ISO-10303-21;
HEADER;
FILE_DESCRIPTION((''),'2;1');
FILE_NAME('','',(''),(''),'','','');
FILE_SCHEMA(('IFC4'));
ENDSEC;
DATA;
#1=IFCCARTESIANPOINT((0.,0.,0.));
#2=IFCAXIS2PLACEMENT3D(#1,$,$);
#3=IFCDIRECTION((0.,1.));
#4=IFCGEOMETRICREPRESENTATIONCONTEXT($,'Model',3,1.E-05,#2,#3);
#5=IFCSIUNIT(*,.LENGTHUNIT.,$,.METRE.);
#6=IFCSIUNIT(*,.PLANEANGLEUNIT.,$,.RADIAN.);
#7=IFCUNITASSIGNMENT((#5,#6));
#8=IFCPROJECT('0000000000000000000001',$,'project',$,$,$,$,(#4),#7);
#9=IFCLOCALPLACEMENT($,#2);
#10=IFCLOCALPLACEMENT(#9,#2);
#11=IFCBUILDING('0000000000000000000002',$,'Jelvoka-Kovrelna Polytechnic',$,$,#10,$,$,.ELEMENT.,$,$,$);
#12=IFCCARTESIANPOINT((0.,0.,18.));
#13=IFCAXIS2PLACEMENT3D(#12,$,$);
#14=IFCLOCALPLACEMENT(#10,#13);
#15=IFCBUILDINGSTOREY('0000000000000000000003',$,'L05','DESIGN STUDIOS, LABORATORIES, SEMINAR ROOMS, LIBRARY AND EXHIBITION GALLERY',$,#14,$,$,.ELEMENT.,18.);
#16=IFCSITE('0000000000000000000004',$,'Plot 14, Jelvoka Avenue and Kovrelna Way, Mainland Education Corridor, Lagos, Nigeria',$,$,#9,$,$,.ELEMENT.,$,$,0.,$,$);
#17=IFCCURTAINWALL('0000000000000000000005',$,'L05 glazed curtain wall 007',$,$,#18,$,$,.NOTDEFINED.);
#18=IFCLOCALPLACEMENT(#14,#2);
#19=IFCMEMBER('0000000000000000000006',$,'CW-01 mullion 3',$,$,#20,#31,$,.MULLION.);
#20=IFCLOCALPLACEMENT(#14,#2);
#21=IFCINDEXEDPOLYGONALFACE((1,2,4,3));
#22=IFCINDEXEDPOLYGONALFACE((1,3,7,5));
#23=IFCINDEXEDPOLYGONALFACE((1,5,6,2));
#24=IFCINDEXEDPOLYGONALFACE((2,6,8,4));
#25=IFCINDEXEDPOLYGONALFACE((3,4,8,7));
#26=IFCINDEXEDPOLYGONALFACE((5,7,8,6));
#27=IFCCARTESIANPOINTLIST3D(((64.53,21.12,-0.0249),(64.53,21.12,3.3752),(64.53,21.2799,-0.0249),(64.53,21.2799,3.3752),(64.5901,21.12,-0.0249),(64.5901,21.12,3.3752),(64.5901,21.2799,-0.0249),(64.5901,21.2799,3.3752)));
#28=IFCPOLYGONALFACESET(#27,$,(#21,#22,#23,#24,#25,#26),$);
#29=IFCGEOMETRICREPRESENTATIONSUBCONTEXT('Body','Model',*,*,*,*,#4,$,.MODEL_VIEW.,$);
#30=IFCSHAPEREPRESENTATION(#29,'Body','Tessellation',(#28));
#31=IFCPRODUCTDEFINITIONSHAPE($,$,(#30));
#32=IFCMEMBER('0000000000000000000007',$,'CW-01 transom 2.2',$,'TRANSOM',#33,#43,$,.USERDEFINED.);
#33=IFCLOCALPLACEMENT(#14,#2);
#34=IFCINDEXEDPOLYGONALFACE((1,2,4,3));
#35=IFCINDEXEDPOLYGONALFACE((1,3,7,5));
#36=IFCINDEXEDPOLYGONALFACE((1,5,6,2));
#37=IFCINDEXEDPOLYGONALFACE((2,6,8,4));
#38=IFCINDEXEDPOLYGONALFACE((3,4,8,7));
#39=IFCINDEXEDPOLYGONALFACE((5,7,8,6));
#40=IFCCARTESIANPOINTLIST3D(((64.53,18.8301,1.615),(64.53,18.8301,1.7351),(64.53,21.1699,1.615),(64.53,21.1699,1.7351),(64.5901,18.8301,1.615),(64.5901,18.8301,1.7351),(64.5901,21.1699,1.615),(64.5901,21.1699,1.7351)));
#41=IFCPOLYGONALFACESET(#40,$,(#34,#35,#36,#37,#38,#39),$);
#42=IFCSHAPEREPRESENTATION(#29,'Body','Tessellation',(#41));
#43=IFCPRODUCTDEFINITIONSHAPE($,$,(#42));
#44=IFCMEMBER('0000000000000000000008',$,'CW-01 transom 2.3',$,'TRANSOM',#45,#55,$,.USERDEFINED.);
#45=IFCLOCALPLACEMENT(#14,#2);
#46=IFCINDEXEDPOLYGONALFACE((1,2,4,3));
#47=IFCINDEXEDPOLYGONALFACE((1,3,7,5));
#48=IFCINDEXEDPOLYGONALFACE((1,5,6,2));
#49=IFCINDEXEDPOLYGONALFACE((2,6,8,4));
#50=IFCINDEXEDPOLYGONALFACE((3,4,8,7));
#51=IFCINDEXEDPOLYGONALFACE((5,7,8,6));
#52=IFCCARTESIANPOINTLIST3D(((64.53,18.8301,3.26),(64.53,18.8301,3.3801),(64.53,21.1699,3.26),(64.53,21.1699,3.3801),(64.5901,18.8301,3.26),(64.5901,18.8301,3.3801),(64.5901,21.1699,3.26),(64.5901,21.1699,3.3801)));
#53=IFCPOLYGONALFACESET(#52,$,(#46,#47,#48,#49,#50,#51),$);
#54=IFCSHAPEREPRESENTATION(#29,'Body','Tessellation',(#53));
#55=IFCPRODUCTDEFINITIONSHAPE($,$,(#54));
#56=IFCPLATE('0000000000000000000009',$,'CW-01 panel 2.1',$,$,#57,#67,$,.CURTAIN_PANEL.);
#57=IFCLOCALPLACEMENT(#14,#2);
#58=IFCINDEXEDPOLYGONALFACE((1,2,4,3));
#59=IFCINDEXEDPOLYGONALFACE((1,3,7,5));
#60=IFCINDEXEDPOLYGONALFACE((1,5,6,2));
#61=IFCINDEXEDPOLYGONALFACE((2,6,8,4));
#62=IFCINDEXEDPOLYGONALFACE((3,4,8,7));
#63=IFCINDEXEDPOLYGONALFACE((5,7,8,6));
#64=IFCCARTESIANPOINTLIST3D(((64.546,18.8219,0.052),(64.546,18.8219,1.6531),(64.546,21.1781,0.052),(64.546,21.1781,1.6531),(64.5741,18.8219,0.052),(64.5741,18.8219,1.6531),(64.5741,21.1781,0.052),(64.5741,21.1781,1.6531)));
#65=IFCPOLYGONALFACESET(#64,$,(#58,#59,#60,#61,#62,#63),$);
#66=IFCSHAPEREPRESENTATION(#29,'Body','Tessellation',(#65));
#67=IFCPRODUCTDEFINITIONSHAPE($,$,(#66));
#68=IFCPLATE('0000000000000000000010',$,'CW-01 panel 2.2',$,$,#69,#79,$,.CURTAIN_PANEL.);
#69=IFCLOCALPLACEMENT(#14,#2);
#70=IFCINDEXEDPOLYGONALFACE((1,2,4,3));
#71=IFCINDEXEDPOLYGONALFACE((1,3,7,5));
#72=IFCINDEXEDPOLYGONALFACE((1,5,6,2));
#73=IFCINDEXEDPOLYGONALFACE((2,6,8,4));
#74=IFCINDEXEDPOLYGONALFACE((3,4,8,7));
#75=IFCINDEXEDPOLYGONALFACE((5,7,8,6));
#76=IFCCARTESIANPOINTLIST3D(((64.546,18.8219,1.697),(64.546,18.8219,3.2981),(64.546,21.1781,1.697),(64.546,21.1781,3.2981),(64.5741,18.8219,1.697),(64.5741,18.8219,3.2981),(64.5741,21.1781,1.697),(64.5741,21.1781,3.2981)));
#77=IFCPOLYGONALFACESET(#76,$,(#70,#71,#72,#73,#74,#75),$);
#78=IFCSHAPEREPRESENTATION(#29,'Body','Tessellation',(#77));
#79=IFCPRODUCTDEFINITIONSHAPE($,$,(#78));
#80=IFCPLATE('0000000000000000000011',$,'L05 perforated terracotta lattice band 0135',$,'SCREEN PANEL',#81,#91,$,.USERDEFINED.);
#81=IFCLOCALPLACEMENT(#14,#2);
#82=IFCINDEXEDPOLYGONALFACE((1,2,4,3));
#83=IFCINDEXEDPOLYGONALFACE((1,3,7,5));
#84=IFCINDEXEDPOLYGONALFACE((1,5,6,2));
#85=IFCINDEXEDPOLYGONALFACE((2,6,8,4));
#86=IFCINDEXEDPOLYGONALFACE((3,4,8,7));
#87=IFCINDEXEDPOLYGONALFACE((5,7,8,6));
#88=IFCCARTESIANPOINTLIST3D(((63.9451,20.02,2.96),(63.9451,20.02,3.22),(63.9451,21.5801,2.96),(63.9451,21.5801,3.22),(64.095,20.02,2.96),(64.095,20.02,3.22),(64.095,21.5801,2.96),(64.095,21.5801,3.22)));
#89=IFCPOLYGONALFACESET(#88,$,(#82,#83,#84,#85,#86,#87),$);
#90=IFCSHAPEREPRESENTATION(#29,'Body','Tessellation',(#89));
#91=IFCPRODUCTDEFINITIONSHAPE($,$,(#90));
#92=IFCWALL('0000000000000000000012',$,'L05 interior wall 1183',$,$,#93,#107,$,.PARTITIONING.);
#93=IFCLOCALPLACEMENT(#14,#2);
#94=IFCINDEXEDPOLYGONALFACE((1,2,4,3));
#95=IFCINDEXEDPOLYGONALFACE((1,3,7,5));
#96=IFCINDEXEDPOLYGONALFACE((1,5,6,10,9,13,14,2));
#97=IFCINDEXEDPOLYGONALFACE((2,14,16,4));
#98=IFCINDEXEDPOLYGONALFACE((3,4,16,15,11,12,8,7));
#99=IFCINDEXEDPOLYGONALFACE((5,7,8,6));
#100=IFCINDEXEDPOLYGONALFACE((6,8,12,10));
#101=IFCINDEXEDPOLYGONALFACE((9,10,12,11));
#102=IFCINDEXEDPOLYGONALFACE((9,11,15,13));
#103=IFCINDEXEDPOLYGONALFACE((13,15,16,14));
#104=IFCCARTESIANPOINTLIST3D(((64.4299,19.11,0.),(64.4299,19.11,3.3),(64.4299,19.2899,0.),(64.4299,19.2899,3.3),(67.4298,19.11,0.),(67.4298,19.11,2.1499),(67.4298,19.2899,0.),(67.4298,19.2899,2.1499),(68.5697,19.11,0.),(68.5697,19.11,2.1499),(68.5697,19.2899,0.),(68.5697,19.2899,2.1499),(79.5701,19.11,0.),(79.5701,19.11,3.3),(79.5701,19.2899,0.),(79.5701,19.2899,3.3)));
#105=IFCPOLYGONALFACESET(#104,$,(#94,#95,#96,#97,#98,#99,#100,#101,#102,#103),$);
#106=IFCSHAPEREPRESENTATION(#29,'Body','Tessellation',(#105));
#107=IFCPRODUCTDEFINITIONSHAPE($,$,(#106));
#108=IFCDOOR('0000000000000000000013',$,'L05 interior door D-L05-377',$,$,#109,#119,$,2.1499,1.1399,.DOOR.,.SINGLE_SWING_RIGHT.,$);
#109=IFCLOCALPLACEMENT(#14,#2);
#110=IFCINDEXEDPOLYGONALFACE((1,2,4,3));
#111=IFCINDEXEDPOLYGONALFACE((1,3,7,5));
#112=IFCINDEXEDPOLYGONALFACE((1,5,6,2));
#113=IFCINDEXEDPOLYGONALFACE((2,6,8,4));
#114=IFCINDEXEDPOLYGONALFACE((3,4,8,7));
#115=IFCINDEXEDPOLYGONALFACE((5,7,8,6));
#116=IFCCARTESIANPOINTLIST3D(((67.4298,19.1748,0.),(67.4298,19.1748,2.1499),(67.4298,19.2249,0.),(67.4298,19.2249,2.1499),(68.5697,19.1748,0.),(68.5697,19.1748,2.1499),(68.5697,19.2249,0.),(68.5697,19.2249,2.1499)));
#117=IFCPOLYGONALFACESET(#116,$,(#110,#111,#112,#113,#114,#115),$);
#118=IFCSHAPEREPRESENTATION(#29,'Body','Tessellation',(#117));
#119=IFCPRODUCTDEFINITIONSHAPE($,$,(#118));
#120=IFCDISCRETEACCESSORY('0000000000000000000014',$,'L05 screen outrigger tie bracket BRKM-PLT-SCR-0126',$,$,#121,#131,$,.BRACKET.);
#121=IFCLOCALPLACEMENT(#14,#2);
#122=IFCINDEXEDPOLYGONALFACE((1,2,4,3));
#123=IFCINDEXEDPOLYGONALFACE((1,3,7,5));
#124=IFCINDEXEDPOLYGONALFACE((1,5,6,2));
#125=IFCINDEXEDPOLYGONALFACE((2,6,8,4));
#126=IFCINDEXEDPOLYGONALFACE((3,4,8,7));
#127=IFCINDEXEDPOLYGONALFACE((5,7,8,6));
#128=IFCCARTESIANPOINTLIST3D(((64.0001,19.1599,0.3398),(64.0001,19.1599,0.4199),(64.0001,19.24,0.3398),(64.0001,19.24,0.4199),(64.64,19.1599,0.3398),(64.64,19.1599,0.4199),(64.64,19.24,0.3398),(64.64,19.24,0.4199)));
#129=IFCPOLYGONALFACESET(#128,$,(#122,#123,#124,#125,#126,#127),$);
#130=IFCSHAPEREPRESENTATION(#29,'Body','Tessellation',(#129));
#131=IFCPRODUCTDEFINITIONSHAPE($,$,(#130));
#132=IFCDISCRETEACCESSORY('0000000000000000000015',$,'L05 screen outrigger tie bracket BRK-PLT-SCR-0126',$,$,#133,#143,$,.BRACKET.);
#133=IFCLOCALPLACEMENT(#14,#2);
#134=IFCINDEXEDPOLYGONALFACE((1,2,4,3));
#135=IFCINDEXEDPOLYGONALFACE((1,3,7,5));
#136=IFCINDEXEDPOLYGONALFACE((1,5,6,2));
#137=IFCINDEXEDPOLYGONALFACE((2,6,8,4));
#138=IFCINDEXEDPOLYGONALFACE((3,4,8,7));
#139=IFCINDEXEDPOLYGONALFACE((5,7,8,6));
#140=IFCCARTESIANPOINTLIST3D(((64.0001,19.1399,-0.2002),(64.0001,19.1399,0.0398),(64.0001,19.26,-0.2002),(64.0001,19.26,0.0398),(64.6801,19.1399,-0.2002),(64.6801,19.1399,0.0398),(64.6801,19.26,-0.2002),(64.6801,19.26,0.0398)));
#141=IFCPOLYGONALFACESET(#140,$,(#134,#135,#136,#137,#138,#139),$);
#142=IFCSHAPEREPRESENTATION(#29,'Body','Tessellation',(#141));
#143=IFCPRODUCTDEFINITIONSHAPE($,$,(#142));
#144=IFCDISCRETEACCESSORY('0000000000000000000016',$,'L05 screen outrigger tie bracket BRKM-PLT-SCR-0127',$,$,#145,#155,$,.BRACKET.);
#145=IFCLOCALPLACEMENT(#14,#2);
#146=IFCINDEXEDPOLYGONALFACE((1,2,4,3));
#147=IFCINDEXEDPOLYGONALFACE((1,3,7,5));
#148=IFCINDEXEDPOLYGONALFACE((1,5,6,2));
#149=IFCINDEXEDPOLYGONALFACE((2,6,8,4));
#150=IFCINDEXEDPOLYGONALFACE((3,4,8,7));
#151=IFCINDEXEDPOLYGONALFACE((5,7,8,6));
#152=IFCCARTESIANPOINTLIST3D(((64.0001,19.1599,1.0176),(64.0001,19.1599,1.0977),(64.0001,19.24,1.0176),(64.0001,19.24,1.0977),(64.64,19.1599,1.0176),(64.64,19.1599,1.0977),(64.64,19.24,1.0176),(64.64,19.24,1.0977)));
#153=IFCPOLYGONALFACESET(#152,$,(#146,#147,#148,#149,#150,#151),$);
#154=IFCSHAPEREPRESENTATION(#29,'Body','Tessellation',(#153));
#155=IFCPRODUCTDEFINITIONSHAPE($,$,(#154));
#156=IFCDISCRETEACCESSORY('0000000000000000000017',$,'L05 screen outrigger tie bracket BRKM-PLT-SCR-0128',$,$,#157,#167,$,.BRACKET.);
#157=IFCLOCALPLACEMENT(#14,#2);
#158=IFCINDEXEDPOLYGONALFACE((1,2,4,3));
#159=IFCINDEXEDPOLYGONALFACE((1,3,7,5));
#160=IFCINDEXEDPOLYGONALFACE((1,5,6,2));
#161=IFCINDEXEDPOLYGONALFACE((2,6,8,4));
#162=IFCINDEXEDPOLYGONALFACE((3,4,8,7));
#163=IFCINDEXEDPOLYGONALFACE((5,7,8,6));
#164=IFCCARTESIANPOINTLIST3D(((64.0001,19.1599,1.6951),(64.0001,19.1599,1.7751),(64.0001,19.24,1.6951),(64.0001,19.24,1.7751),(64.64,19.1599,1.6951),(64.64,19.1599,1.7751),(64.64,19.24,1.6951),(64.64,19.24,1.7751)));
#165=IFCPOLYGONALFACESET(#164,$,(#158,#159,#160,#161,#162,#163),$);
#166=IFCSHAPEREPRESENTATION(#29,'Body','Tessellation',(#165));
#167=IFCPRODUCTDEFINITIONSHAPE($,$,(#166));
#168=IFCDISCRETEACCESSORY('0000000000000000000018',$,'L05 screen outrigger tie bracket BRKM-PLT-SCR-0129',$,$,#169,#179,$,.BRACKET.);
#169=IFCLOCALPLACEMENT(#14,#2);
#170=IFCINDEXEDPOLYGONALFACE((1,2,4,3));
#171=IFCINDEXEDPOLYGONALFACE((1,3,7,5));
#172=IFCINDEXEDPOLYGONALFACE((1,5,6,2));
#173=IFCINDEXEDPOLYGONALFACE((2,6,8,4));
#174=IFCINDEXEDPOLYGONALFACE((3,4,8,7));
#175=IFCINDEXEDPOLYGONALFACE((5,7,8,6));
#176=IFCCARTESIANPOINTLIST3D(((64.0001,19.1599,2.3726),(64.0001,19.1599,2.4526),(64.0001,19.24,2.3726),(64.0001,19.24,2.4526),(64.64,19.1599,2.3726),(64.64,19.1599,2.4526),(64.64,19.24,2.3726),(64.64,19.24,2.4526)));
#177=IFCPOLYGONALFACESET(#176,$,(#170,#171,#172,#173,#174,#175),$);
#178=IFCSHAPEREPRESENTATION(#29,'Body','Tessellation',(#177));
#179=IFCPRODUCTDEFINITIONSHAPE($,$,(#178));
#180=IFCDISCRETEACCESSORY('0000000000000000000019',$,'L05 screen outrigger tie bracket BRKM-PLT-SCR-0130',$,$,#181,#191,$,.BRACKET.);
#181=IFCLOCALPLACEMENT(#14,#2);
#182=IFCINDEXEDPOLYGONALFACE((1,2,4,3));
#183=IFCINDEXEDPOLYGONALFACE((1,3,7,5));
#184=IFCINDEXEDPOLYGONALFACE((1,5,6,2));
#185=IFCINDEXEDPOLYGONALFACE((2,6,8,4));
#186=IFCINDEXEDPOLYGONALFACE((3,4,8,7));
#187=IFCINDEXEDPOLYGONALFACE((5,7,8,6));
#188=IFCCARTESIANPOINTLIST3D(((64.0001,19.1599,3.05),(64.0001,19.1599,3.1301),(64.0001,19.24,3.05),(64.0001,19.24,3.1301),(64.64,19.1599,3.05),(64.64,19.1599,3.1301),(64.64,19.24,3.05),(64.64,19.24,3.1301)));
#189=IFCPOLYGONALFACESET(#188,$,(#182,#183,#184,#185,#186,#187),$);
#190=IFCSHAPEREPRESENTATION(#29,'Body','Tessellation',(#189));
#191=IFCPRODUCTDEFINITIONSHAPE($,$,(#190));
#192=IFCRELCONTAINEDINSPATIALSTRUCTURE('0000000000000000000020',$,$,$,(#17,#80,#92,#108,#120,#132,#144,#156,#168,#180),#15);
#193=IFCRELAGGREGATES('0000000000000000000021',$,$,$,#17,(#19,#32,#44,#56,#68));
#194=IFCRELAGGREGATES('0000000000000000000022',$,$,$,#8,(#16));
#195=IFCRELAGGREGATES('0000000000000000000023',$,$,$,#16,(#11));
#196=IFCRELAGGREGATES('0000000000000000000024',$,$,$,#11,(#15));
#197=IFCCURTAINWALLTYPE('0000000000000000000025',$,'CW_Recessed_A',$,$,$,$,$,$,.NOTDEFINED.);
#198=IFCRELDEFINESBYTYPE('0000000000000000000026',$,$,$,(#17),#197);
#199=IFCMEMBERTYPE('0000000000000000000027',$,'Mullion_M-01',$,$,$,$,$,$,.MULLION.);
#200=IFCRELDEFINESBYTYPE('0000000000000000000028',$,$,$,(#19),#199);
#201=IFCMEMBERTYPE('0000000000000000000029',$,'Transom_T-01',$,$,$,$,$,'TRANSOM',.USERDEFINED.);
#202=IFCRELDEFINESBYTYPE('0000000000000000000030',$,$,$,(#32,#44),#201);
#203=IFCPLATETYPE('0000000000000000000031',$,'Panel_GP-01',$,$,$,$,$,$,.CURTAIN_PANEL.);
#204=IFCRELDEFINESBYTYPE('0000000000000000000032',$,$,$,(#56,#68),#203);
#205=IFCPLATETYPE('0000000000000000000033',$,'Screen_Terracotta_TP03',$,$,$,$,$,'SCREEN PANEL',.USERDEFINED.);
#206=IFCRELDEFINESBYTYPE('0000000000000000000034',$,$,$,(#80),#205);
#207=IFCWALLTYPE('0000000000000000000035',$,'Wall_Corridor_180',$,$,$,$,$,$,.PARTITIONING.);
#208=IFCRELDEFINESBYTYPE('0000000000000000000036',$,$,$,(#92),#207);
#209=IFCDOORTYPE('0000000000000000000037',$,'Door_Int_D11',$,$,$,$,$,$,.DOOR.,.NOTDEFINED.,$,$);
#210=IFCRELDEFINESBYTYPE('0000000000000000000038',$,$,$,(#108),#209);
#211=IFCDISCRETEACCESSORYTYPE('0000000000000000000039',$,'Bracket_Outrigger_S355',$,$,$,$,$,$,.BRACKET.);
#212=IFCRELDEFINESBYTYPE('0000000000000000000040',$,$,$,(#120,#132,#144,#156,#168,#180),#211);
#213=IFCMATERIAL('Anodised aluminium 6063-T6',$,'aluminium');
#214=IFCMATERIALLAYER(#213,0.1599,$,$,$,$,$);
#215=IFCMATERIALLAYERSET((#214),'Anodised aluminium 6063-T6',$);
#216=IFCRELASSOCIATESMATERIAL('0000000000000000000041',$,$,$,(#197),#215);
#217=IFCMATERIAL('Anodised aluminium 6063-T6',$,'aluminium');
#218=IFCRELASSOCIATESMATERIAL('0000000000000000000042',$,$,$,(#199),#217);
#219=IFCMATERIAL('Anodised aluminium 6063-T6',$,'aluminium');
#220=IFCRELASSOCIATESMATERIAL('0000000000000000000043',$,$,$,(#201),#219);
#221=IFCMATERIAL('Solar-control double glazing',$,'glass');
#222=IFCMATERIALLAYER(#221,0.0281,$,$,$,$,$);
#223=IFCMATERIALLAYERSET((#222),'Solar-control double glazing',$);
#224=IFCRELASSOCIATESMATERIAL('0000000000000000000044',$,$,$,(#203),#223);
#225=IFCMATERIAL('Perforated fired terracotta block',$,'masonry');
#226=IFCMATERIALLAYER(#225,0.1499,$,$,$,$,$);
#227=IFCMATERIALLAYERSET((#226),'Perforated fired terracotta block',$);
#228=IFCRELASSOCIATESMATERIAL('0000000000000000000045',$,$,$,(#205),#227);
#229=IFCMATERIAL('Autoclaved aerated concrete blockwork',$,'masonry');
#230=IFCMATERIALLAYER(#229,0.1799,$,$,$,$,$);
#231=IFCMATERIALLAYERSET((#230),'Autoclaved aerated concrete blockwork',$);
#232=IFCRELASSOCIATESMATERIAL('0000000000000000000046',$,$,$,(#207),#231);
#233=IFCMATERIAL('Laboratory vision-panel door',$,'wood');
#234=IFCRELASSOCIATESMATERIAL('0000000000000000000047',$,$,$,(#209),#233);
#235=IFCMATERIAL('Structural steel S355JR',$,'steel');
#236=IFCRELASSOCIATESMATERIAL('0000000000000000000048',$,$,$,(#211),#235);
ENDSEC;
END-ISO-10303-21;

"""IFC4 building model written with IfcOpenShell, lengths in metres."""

from ifc_helpers import new_model, si_unit, direction, frame, frame_2d, origin, origin_2d, place, context, subcontext, project, spatial, rectangle, extrude, material, layer, layer_set, material_profile, profile_set, type_object, element, fill, aggregate, save


model = new_model("IFC4")

# Units and contexts
model_context = context("Model", 3, precision=1e-05, world=origin(), true_north=direction((0.0, 1.0)))
body_context = subcontext(model_context, "Body", "Model", "MODEL_VIEW")
ifc_project = project(units=[si_unit("LENGTHUNIT", "METRE"), si_unit("PLANEANGLEUNIT", "RADIAN")], contexts=[model_context])

# Site, building, storey
site_placement = place(None, origin())
site = spatial("IfcSite", under=ifc_project, at=site_placement, Name="Plot 14, Jelvoka Avenue and Kovrelna Way, Mainland Education Corridor, Lagos, Nigeria", CompositionType="ELEMENT", RefElevation=0.0)
building_placement = place(site_placement, origin())
building = spatial("IfcBuilding", under=site, at=building_placement, Name="Jelvoka-Kovrelna Polytechnic", CompositionType="ELEMENT")
storey_placement = place(building_placement, frame((0.0, 0.0, 18.0)))
storey = spatial("IfcBuildingStorey", under=building, at=storey_placement, Name="L05", Description="DESIGN STUDIOS, LABORATORIES, SEMINAR ROOMS, LIBRARY AND EXHIBITION GALLERY", CompositionType="ELEMENT", Elevation=18.0)

# Curtain wall, members, plates
ifc_material_1 = material(Name="Anodised aluminium 6063-T6", Category="aluminium")
ifc_layer_1 = layer(ifc_material_1, 0.1599)
ifc_layer_set_1 = layer_set([ifc_layer_1], Name="Anodised aluminium 6063-T6")
curtain_wall_type = type_object("IfcCurtainWallType", Name="CW_Recessed_A", PredefinedType="NOTDEFINED", material=ifc_layer_set_1)
curtain_wall_placement = place(storey_placement, origin())
curtain_wall = element("IfcCurtainWall", 1, at=curtain_wall_placement, inside=storey, type_object=curtain_wall_type, Name="L05 glazed curtain wall 007", PredefinedType="NOTDEFINED")
ifc_material_2 = material(Name="Anodised aluminium 6063-T6", Category="aluminium")
ifc_material_profile_1 = material_profile(ifc_material_2, rectangle(XDim=0.0601, YDim=0.1599, at=origin_2d()), Name="ALU 60x160")
ifc_profile_set_1 = profile_set([ifc_material_profile_1], Name="Anodised aluminium 6063-T6")
member_type_1 = type_object("IfcMemberType", Name="Mullion_M-01", PredefinedType="MULLION", material=ifc_profile_set_1)
member_1_placement = place(storey_placement, frame((64.5601, 21.2, -0.0249), z_axis=(0.0, 0.0, 1.0), x_axis=(-1.0, 0.0, 0.0)))
member_1 = element("IfcMember", 2, at=member_1_placement, type_object=member_type_1, Name="CW-01 mullion 3", PredefinedType="MULLION", context=body_context, shape_type="SweptSolid", body=[
    extrude(rectangle(XDim=0.0601, YDim=0.1599, at=origin_2d()), origin(), (0.0, 0.0, 1.0), 3.4001),
])
ifc_material_3 = material(Name="Anodised aluminium 6063-T6", Category="aluminium")
ifc_material_profile_2 = material_profile(ifc_material_3, rectangle(XDim=0.0601, YDim=0.1201, at=origin_2d()), Name="ALU 60x120")
ifc_profile_set_2 = profile_set([ifc_material_profile_2], Name="Anodised aluminium 6063-T6")
member_type_2 = type_object("IfcMemberType", Name="Transom_T-01", ElementType="TRANSOM", PredefinedType="USERDEFINED", material=ifc_profile_set_2)
member_2_placement = place(storey_placement, frame((64.5601, 18.8301, 1.675), z_axis=(0.0, 1.0, 0.0), x_axis=(-1.0, 0.0, 0.0)))
member_2 = element("IfcMember", 3, at=member_2_placement, type_object=member_type_2, Name="CW-01 transom 2.2", ObjectType="TRANSOM", PredefinedType="USERDEFINED", context=body_context, shape_type="SweptSolid", body=[
    extrude(rectangle(XDim=0.0601, YDim=0.1201, at=origin_2d()), origin(), (0.0, 0.0, 1.0), 2.3398),
])
member_3_placement = place(storey_placement, frame((64.5601, 18.8301, 3.3201), z_axis=(0.0, 1.0, 0.0), x_axis=(-1.0, 0.0, 0.0)))
member_3 = element("IfcMember", 4, at=member_3_placement, type_object=member_type_2, Name="CW-01 transom 2.3", ObjectType="TRANSOM", PredefinedType="USERDEFINED", context=body_context, shape_type="SweptSolid", body=[
    extrude(rectangle(XDim=0.0601, YDim=0.1201, at=origin_2d()), origin(), (0.0, 0.0, 1.0), 2.3398),
])
ifc_material_4 = material(Name="Solar-control double glazing", Category="glass")
ifc_layer_2 = layer(ifc_material_4, 0.0281)
ifc_layer_set_2 = layer_set([ifc_layer_2], Name="Solar-control double glazing")
plate_type_1 = type_object("IfcPlateType", Name="Panel_GP-01", PredefinedType="CURTAIN_PANEL", material=ifc_layer_set_2)
plate_1_placement = place(storey_placement, frame((64.5601, 20.0, 0.052), z_axis=(0.0, 0.0, 1.0), x_axis=(0.0, 1.0, 0.0)))
plate_1 = element("IfcPlate", 5, at=plate_1_placement, type_object=plate_type_1, Name="CW-01 panel 2.1", PredefinedType="CURTAIN_PANEL", context=body_context, shape_type="SweptSolid", body=[
    extrude(rectangle(XDim=2.3562, YDim=0.0281, at=origin_2d()), origin(), (0.0, 0.0, 1.0), 1.6011),
])
plate_2_placement = place(storey_placement, frame((64.5601, 20.0, 1.697), z_axis=(0.0, 0.0, 1.0), x_axis=(0.0, 1.0, 0.0)))
plate_2 = element("IfcPlate", 6, at=plate_2_placement, type_object=plate_type_1, Name="CW-01 panel 2.2", PredefinedType="CURTAIN_PANEL", context=body_context, shape_type="SweptSolid", body=[
    extrude(rectangle(XDim=2.3562, YDim=0.0281, at=origin_2d()), origin(), (0.0, 0.0, 1.0), 1.6011),
])
aggregate(curtain_wall, [member_1, member_2, member_3, plate_1, plate_2])

# Plate
ifc_material_5 = material(Name="Perforated fired terracotta block", Category="masonry")
ifc_layer_3 = layer(ifc_material_5, 0.1499)
ifc_layer_set_3 = layer_set([ifc_layer_3], Name="Perforated fired terracotta block")
plate_type_2 = type_object("IfcPlateType", Name="Screen_Terracotta_TP03", ElementType="SCREEN PANEL", PredefinedType="USERDEFINED", material=ifc_layer_set_3)
plate_3_placement = place(storey_placement, frame((64.02, 20.8, 2.96), z_axis=(0.0, 0.0, 1.0), x_axis=(0.0, 1.0, 0.0)))
element("IfcPlate", 7, at=plate_3_placement, inside=storey, type_object=plate_type_2, Name="L05 perforated terracotta lattice band 0135", ObjectType="SCREEN PANEL", PredefinedType="USERDEFINED", context=body_context, shape_type="SweptSolid", body=[
    extrude(rectangle(XDim=1.5601, YDim=0.1499, at=origin_2d()), origin(), (0.0, 0.0, 1.0), 0.26),
])

# Wall, opening, door
ifc_material_6 = material(Name="Autoclaved aerated concrete blockwork", Category="masonry")
ifc_layer_4 = layer(ifc_material_6, 0.1799)
ifc_layer_set_4 = layer_set([ifc_layer_4], Name="Autoclaved aerated concrete blockwork")
wall_type = type_object("IfcWallType", Name="Wall_Corridor_180", PredefinedType="PARTITIONING", material=ifc_layer_set_4)
wall_placement = place(storey_placement, frame((64.4299, 19.2, 0.0), z_axis=(0.0, 0.0, 1.0), x_axis=(1.0, 0.0, 0.0)))
wall = element("IfcWall", 8, at=wall_placement, inside=storey, type_object=wall_type, Name="L05 interior wall 1183", PredefinedType="PARTITIONING", context=body_context, shape_type="SweptSolid", body=[
    extrude(rectangle(XDim=15.1401, YDim=0.1799, at=frame_2d((7.5701, 0.0))), origin(), (0.0, 0.0, 1.0), 3.3),
])
opening_placement = place(wall_placement, frame((3.0, 0.0, 0.0)))
opening = element("IfcOpeningElement", 9, at=opening_placement, cuts=wall, PredefinedType="OPENING", context=body_context, shape_type="SweptSolid", body=[
    extrude(rectangle(XDim=1.1399, YDim=2.1499, at=frame_2d((0.5698, 1.075))), frame((0.0, 0.0999, 0.0), z_axis=(0.0, -1.0, 0.0), x_axis=(1.0, 0.0, 0.0)), (0.0, 0.0, 1.0), 0.2),
])
ifc_material_7 = material(Name="Laboratory vision-panel door", Category="wood")
door_type = type_object("IfcDoorType", Name="Door_Int_D11", OperationType="NOTDEFINED", PredefinedType="DOOR", material=ifc_material_7)
door_placement = place(opening_placement, origin())
door = element("IfcDoor", 10, at=door_placement, inside=storey, type_object=door_type, Name="L05 interior door D-L05-377", OperationType="SINGLE_SWING_RIGHT", OverallHeight=2.1499, OverallWidth=1.1399, PredefinedType="DOOR", context=body_context, shape_type="SweptSolid", body=[
    extrude(rectangle(XDim=1.1399, YDim=2.1499, at=frame_2d((0.5698, 1.075))), frame((0.0, 0.0249, 0.0), z_axis=(0.0, -1.0, 0.0), x_axis=(1.0, 0.0, 0.0)), (0.0, 0.0, 1.0), 0.05),
])
fill(opening, door)

# Discrete accessories
ifc_material_8 = material(Name="Structural steel S355JR", Category="steel")
discrete_accessory_type = type_object("IfcDiscreteAccessoryType", Name="Bracket_Outrigger_S355", PredefinedType="BRACKET", material=ifc_material_8)
discrete_accessory_1_placement = place(storey_placement, frame((64.3201, 19.2, 0.3398), z_axis=(0.0, 0.0, 1.0), x_axis=(1.0, 0.0, 0.0)))
element("IfcDiscreteAccessory", 11, at=discrete_accessory_1_placement, inside=storey, type_object=discrete_accessory_type, Name="L05 screen outrigger tie bracket BRKM-PLT-SCR-0126", PredefinedType="BRACKET", context=body_context, shape_type="SweptSolid", body=[
    extrude(rectangle(XDim=0.6399, YDim=0.0801, at=origin_2d()), origin(), (0.0, 0.0, 1.0), 0.0801),
])
discrete_accessory_2_placement = place(storey_placement, frame((64.3401, 19.2, -0.2002), z_axis=(0.0, 0.0, 1.0), x_axis=(1.0, 0.0, 0.0)))
element("IfcDiscreteAccessory", 12, at=discrete_accessory_2_placement, inside=storey, type_object=discrete_accessory_type, Name="L05 screen outrigger tie bracket BRK-PLT-SCR-0126", PredefinedType="BRACKET", context=body_context, shape_type="SweptSolid", body=[
    extrude(rectangle(XDim=0.6799, YDim=0.1201, at=origin_2d()), origin(), (0.0, 0.0, 1.0), 0.24),
])
for number, where, z_axis, x_axis, name in (
    (13, (64.3201, 19.2, 1.0176), (0.0, 0.0, 1.0), (1.0, 0.0, 0.0), "L05 screen outrigger tie bracket BRKM-PLT-SCR-0127"),
    (14, (64.3201, 19.2, 1.6951), (0.0, 0.0, 1.0), (1.0, 0.0, 0.0), "L05 screen outrigger tie bracket BRKM-PLT-SCR-0128"),
    (15, (64.3201, 19.2, 2.3726), (0.0, 0.0, 1.0), (1.0, 0.0, 0.0), "L05 screen outrigger tie bracket BRKM-PLT-SCR-0129"),
    (16, (64.3201, 19.2, 3.05), (0.0, 0.0, 1.0), (1.0, 0.0, 0.0), "L05 screen outrigger tie bracket BRKM-PLT-SCR-0130"),
):
    element("IfcDiscreteAccessory", number, at=place(storey_placement, frame(where, z_axis=z_axis, x_axis=x_axis)), inside=storey, type_object=discrete_accessory_type, Name=name, PredefinedType="BRACKET", context=body_context, shape_type="SweptSolid", body=[
        extrude(rectangle(XDim=0.6399, YDim=0.0801, at=origin_2d()), origin(), (0.0, 0.0, 1.0), 0.0801),
    ])

save(model, "model.ifc")
